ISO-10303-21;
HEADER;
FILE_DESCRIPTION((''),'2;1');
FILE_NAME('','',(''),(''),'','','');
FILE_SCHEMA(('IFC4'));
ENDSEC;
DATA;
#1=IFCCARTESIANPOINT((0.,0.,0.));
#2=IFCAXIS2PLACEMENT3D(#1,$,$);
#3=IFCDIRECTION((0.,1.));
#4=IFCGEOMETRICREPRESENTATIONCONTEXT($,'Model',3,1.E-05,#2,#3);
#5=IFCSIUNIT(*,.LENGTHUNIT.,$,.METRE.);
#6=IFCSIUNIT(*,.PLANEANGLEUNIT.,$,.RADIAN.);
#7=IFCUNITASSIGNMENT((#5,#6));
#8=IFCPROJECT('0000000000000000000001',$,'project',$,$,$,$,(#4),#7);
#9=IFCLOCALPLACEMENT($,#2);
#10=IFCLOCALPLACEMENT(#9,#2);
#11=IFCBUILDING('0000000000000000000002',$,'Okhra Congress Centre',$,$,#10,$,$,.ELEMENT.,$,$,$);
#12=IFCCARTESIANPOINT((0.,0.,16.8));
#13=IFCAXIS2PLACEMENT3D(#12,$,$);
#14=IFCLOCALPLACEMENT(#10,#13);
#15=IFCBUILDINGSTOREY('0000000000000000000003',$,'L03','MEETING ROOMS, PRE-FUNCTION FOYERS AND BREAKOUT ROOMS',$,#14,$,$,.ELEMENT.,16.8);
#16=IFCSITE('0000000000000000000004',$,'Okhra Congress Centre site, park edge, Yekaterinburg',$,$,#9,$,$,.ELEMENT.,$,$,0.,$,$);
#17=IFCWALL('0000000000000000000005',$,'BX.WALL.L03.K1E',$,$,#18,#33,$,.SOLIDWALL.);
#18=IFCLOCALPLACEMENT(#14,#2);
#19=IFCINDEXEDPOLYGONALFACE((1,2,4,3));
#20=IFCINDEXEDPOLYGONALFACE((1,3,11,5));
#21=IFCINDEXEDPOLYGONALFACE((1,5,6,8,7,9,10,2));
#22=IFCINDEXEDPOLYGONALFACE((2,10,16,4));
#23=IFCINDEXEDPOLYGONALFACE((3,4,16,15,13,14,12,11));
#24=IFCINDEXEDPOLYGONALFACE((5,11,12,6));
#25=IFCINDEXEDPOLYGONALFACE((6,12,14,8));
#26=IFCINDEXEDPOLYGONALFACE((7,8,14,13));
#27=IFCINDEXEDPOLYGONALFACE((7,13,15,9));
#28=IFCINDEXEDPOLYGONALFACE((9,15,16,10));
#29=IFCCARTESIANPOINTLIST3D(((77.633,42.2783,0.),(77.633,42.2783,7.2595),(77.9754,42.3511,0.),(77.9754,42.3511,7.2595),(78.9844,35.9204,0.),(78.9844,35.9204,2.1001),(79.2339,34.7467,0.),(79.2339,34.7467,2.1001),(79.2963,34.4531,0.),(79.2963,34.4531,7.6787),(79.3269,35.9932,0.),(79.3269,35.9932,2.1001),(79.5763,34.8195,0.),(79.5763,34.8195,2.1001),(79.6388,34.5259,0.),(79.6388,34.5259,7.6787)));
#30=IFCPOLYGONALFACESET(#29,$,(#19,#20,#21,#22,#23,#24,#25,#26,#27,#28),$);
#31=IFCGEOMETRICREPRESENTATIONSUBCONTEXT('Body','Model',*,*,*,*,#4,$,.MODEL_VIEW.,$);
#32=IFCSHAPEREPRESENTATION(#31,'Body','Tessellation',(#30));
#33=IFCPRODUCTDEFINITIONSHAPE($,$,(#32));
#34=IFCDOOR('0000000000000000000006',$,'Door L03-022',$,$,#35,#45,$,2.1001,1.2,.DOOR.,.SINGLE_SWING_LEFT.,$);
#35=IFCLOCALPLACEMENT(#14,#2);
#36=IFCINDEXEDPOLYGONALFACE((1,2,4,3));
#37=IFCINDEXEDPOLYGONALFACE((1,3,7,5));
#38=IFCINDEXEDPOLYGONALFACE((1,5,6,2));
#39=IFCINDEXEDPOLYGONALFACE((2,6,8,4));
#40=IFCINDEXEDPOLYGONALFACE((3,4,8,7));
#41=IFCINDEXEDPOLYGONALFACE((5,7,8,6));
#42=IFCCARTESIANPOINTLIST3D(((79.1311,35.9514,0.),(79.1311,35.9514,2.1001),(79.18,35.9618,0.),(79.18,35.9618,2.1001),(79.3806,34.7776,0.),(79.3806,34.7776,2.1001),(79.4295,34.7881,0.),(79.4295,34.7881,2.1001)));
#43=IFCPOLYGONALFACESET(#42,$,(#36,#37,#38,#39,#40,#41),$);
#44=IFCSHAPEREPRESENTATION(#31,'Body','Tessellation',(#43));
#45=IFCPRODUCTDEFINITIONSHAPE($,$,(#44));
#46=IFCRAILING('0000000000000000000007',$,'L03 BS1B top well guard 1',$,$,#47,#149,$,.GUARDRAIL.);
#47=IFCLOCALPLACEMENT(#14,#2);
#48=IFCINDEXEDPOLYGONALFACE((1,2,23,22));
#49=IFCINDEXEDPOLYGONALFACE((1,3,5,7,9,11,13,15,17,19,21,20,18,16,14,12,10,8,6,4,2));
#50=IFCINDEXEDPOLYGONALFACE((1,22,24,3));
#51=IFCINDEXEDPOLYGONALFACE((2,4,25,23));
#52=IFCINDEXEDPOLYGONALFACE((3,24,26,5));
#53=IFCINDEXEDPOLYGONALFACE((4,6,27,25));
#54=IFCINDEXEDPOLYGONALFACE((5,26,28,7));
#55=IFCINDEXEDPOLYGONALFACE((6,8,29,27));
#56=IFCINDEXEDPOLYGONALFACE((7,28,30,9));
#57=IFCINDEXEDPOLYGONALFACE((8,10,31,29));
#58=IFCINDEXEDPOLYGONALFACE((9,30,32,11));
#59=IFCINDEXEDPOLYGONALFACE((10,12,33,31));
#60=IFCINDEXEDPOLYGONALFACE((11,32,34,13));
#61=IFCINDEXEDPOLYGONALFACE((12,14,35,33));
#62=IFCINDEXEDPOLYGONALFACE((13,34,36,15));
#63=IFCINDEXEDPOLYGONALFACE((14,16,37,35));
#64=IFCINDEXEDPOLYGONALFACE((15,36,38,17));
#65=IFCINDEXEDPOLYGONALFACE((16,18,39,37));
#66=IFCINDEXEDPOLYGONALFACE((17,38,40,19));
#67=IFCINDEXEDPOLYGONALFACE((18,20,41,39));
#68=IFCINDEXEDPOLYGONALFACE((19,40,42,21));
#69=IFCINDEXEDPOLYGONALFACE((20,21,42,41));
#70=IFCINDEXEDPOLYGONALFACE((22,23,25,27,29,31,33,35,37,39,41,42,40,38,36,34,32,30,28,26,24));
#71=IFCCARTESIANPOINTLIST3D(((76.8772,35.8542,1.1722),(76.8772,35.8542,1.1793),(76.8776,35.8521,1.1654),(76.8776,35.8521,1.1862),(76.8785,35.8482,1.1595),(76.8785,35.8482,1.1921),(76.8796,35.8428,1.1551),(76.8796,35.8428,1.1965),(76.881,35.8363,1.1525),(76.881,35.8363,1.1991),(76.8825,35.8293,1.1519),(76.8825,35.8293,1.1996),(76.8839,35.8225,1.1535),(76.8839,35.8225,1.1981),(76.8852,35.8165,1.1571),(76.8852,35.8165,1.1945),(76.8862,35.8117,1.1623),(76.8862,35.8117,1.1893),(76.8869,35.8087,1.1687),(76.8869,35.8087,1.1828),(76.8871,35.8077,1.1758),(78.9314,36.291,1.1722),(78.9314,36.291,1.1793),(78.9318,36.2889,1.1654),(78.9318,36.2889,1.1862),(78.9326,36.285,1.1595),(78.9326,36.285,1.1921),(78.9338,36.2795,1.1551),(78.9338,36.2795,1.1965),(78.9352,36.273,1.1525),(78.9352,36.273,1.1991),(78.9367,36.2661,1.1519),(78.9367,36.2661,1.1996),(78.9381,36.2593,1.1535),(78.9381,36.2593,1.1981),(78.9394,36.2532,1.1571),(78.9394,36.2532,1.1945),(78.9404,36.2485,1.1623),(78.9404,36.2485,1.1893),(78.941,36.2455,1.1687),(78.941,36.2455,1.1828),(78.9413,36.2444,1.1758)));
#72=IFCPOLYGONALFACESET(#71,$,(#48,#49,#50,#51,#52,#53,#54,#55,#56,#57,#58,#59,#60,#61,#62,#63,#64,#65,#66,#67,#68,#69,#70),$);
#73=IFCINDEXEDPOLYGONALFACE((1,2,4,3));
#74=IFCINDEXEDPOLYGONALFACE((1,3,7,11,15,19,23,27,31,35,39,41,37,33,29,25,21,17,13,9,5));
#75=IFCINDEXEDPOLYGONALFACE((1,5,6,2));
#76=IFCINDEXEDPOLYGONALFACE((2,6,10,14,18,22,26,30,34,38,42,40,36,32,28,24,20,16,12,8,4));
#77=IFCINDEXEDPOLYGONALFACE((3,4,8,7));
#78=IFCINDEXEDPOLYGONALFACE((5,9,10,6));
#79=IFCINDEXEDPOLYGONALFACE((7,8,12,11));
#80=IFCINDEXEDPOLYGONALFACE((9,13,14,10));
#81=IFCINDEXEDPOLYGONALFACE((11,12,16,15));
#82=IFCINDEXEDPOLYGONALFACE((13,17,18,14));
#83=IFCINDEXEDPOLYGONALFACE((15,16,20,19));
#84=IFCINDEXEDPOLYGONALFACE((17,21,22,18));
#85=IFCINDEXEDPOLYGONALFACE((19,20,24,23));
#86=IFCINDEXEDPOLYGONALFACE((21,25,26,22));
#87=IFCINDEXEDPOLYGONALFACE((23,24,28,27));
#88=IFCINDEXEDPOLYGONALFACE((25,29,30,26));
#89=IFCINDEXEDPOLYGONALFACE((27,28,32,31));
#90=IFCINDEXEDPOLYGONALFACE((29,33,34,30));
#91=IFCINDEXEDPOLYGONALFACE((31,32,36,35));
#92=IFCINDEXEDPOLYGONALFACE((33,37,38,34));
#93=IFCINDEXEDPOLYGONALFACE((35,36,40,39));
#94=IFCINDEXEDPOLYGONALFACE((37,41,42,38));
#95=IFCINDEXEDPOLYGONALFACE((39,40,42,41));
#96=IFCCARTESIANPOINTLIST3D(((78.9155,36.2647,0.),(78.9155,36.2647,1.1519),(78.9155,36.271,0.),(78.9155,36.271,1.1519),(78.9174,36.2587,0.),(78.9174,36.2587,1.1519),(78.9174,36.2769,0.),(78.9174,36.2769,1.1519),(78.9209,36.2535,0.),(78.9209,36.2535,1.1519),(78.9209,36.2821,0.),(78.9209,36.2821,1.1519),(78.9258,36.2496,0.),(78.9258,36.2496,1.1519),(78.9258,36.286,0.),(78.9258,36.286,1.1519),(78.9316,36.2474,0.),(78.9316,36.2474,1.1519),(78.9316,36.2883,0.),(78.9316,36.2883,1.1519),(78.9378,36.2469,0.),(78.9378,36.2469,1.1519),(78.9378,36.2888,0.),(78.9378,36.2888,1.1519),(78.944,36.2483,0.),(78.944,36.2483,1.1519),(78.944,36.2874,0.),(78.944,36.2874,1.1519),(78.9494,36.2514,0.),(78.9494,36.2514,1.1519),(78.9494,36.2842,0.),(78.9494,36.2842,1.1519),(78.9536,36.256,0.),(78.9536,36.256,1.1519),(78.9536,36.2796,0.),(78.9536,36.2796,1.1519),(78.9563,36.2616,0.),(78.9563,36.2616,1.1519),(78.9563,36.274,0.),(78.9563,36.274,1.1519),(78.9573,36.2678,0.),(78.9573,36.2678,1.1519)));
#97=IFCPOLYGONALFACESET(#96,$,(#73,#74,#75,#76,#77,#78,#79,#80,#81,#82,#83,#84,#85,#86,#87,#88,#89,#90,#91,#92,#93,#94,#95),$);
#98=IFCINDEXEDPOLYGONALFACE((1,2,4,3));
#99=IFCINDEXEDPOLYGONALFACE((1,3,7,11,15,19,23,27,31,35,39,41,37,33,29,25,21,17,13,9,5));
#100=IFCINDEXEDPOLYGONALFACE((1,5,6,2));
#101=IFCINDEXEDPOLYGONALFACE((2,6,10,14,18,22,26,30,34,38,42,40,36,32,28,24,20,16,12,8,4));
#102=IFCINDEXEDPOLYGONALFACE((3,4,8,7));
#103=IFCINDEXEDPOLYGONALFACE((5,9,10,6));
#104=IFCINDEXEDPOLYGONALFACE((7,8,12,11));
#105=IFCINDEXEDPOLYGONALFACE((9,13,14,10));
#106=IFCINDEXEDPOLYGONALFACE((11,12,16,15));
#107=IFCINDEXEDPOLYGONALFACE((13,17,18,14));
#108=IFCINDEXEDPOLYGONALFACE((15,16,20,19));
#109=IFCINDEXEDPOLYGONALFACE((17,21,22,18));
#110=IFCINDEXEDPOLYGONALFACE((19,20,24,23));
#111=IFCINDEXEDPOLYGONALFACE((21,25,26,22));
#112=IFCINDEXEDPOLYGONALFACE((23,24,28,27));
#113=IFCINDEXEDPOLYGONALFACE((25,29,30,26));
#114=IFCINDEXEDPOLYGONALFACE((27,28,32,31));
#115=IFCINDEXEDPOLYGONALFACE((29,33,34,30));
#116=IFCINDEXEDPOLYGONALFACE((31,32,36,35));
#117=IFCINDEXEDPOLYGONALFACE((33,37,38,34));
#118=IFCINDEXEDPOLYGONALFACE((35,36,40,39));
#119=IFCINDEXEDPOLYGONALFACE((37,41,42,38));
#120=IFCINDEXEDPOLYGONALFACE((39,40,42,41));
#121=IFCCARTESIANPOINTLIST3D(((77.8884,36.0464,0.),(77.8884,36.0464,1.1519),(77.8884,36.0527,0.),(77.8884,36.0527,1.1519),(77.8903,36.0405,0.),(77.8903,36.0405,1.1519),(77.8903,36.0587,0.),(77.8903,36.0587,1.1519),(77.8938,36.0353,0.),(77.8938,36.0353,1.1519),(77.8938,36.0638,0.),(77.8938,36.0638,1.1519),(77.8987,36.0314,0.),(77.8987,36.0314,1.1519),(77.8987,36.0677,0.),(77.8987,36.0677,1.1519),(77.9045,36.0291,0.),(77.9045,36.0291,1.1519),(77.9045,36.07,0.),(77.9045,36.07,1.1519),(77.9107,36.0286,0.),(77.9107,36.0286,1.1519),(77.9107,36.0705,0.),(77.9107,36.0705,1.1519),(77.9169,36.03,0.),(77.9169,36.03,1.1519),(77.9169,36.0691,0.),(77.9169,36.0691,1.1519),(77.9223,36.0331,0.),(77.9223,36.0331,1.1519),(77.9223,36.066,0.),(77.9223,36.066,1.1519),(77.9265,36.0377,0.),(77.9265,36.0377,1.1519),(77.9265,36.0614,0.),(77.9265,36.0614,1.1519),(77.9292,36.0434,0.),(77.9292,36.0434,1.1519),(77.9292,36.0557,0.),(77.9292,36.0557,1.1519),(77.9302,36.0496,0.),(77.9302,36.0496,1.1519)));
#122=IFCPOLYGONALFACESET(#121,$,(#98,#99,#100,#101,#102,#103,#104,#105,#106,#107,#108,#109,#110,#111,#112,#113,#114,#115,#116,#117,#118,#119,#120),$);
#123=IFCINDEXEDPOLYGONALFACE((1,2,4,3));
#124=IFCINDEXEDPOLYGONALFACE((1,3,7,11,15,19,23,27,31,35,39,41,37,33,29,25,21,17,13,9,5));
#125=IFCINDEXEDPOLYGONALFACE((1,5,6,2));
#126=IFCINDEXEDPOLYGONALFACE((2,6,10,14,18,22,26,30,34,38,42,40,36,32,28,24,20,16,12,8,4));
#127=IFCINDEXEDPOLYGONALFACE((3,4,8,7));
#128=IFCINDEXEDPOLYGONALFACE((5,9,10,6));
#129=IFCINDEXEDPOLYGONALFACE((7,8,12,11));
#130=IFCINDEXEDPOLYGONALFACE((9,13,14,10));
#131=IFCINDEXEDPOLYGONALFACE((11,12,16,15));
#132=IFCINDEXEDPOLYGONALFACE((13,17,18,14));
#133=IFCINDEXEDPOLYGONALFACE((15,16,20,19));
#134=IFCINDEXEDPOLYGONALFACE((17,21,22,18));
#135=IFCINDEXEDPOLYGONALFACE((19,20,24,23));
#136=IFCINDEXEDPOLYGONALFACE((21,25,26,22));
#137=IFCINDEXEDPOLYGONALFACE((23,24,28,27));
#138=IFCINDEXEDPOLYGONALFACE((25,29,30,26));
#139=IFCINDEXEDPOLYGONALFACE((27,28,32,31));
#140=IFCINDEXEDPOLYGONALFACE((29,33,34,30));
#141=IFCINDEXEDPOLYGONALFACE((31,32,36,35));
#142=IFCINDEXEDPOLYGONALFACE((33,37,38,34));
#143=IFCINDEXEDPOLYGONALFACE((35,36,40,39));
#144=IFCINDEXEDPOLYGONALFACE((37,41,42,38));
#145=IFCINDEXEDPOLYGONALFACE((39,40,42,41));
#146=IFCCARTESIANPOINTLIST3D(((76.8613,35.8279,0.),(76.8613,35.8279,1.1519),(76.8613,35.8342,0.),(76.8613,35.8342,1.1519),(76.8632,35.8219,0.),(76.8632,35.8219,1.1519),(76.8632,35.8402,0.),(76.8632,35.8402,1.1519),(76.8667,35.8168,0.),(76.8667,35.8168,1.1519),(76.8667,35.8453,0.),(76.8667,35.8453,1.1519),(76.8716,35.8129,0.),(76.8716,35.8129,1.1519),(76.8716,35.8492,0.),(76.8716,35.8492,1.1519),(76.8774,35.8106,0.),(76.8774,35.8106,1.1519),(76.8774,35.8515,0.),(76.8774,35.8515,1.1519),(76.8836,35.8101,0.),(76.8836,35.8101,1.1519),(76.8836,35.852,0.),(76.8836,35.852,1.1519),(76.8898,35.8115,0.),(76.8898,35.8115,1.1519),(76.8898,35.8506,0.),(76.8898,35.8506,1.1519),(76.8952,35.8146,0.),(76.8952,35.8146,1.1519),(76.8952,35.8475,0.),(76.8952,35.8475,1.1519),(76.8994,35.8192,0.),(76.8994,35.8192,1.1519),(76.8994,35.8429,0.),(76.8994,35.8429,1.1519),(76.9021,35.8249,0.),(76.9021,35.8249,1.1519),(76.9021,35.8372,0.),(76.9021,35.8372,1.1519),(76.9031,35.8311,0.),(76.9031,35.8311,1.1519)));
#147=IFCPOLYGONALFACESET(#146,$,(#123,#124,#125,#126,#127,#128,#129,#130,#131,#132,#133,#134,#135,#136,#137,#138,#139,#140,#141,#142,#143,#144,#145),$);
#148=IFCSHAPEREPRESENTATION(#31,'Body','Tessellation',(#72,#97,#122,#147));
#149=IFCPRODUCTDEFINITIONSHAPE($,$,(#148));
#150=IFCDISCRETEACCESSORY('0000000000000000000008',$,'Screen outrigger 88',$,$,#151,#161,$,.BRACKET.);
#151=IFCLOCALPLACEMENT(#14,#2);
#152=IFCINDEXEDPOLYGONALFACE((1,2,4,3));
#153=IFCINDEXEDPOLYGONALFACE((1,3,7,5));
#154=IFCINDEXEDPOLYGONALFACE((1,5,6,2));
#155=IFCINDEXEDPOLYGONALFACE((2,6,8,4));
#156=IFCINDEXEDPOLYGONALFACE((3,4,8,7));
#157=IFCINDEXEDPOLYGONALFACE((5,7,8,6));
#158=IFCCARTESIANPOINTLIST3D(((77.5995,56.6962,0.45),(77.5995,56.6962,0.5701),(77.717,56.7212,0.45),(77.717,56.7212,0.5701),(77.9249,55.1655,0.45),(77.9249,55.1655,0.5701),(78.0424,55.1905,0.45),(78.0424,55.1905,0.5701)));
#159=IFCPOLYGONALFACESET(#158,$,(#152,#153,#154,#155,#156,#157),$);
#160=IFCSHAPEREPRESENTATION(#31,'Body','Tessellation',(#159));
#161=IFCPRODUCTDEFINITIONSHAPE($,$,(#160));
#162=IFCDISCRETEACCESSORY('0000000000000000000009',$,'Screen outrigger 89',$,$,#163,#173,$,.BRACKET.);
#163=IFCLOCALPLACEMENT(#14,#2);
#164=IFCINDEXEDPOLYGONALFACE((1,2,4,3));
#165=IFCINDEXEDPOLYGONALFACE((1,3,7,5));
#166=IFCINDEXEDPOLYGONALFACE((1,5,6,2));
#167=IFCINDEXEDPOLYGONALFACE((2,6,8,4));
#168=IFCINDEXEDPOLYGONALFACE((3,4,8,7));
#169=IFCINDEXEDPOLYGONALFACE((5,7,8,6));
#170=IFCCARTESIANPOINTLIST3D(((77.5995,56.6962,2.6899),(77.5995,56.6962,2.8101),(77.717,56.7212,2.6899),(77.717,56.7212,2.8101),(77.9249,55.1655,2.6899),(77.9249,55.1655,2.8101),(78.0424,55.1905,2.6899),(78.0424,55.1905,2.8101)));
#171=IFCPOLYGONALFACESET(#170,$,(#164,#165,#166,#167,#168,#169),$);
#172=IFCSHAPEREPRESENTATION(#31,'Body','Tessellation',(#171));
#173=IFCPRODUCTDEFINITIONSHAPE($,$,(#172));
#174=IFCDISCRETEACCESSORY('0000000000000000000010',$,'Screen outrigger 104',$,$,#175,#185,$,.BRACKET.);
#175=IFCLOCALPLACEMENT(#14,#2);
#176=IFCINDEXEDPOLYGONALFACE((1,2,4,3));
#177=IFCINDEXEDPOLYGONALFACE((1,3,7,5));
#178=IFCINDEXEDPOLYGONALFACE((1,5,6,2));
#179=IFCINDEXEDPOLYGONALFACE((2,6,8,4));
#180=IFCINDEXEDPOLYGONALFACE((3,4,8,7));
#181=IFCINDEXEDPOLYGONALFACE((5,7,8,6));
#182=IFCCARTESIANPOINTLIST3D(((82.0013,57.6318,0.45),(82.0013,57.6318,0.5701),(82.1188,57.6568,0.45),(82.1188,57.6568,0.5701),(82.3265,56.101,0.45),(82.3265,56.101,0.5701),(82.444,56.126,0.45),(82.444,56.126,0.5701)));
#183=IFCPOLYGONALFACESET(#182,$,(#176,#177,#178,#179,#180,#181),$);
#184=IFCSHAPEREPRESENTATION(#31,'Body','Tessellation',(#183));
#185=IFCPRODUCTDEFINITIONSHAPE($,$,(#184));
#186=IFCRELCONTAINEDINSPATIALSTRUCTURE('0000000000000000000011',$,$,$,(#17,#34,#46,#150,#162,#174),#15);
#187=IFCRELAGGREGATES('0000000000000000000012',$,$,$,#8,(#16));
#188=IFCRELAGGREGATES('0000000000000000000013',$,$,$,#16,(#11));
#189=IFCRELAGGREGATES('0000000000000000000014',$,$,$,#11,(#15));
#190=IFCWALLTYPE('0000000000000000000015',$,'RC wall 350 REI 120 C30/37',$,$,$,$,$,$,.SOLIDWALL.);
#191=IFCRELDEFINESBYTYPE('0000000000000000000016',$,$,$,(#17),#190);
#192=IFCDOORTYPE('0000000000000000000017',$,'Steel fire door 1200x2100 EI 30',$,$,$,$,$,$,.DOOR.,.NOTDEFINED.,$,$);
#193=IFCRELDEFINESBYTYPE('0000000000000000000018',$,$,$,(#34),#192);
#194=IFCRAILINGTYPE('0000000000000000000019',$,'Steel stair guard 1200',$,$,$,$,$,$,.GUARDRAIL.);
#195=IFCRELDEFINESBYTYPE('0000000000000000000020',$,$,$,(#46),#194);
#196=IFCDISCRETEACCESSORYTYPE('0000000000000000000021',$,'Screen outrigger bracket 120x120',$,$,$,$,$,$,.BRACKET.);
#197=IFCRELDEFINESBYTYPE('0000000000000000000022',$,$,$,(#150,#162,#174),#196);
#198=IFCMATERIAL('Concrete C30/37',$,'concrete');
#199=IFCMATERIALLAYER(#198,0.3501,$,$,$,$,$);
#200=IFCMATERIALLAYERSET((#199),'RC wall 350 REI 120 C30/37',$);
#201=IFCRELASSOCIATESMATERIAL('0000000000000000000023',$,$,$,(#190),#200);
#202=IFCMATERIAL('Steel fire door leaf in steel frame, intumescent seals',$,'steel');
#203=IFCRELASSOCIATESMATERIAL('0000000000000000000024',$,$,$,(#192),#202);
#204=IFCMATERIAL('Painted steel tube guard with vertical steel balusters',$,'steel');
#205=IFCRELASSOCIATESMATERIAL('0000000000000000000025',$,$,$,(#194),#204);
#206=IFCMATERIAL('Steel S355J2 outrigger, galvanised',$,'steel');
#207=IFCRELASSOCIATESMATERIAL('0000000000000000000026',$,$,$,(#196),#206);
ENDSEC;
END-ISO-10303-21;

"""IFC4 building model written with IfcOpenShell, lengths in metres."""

from ifc_helpers import new_model, si_unit, direction, frame, frame_2d, origin, origin_2d, place, context, subcontext, project, spatial, polyline, rectangle, circle, outline, extrude, material, layer, layer_set, material_profile, profile_set, type_object, element, fill, save


model = new_model("IFC4")

# Units and contexts
model_context = context("Model", 3, precision=1e-05, world=origin(), true_north=direction((0.0, 1.0)))
body_context = subcontext(model_context, "Body", "Model", "MODEL_VIEW")
ifc_project = project(units=[si_unit("LENGTHUNIT", "METRE"), si_unit("PLANEANGLEUNIT", "RADIAN")], contexts=[model_context])

# Site, building, storey
site_placement = place(None, origin())
site = spatial("IfcSite", under=ifc_project, at=site_placement, Name="Okhra Congress Centre site, park edge, Yekaterinburg", CompositionType="ELEMENT", RefElevation=0.0)
building_placement = place(site_placement, origin())
building = spatial("IfcBuilding", under=site, at=building_placement, Name="Okhra Congress Centre", CompositionType="ELEMENT")
storey_placement = place(building_placement, frame((0.0, 0.0, 16.8)))
storey = spatial("IfcBuildingStorey", under=building, at=storey_placement, Name="L03", Description="MEETING ROOMS, PRE-FUNCTION FOYERS AND BREAKOUT ROOMS", CompositionType="ELEMENT", Elevation=16.8)

# Wall, opening, door
ifc_material_1 = material(Name="Concrete C30/37", Category="concrete")
ifc_layer_1 = layer(ifc_material_1, 0.3501)
ifc_layer_set_1 = layer_set([ifc_layer_1], Name="RC wall 350 REI 120 C30/37")
wall_type_1 = type_object("IfcWallType", Name="RC wall 350 REI 120 C30/37", PredefinedType="SOLIDWALL", material=ifc_layer_set_1)
wall_1_placement = place(storey_placement, frame((79.4675, 34.4895, 0.0), z_axis=(0.0, 0.0, 1.0), x_axis=(-0.207916, 0.978147, 0.0)))
wall_1 = element("IfcWall", 1, at=wall_1_placement, inside=storey, type_object=wall_type_1, Name="BX.WALL.L03.K1E", PredefinedType="SOLIDWALL", context=body_context, shape_type="SweptSolid", body=[
    extrude(outline(polyline([(0.0, 0.0), (8.0, 0.0), (8.0, 7.2595), (0.0, 7.6787), (0.0, 0.0)])), frame((0.0, 0.175, 0.0), z_axis=(0.0, -1.0, 0.0), x_axis=(1.0, 0.0, 0.0)), (0.0, 0.0, 1.0), 0.3501),
])
opening_1_placement = place(wall_1_placement, frame((0.3, 0.0, 0.0)))
opening_1 = element("IfcOpeningElement", 2, at=opening_1_placement, cuts=wall_1, PredefinedType="OPENING", context=body_context, shape_type="SweptSolid", body=[
    extrude(rectangle(XDim=1.2, YDim=2.1001, at=frame_2d((0.6001, 1.05))), frame((0.0, 0.1851, 0.0), z_axis=(0.0, -1.0, 0.0), x_axis=(1.0, 0.0, 0.0)), (0.0, 0.0, 1.0), 0.3701),
])
ifc_material_2 = material(Name="Steel fire door leaf in steel frame, intumescent seals", Category="steel")
door_type_1 = type_object("IfcDoorType", Name="Steel fire door 1200x2100 EI 30", OperationType="NOTDEFINED", PredefinedType="DOOR", material=ifc_material_2)
door_1_placement = place(opening_1_placement, frame((1.2, 0.0, 0.0), z_axis=(0.0, 0.0, 1.0), x_axis=(-1.0, 0.0, 0.0)))
door_1 = element("IfcDoor", 3, at=door_1_placement, inside=storey, type_object=door_type_1, Name="Door L03-022", OperationType="SINGLE_SWING_LEFT", OverallHeight=2.1001, OverallWidth=1.2, PredefinedType="DOOR", context=body_context, shape_type="SweptSolid", body=[
    extrude(rectangle(XDim=1.2, YDim=2.1001, at=frame_2d((0.6001, 1.05))), frame((0.0, 0.0249, 0.0), z_axis=(0.0, -1.0, 0.0), x_axis=(1.0, 0.0, 0.0)), (0.0, 0.0, 1.0), 0.05),
])
fill(opening_1, door_1)

# Railing
ifc_material_3 = material(Name="Painted steel tube guard with vertical steel balusters", Category="steel")
railing_type = type_object("IfcRailingType", Name="Steel stair guard 1200", PredefinedType="GUARDRAIL", material=ifc_material_3)
railing_placement = place(storey_placement, frame((78.9363, 36.2678, 0.0)))
element("IfcRailing", 4, at=railing_placement, inside=storey, type_object=railing_type, Name="L03 BS1B top well guard 1", PredefinedType="GUARDRAIL", context=body_context, shape_type="SweptSolid", body=[
    extrude(circle(Radius=0.0239, at=origin_2d()), frame((0.0, 0.0, 1.1758), z_axis=(-0.978135, -0.207973, 0.0), x_axis=(0.207973, -0.978135, 0.0)), (0.0, 0.0, 1.0), 2.1001),
    extrude(circle(Radius=0.021, at=origin_2d()), origin(), (0.0, 0.0, 1.0), 1.1519),
    extrude(circle(Radius=0.021, at=origin_2d()), frame((-1.0271, -0.2183, 0.0)), (0.0, 0.0, 1.0), 1.1519),
    extrude(circle(Radius=0.021, at=origin_2d()), frame((-2.0542, -0.4368, 0.0)), (0.0, 0.0, 1.0), 1.1519),
])

# Discrete accessories
ifc_material_4 = material(Name="Steel S355J2 outrigger, galvanised", Category="steel")
ifc_material_profile_1 = material_profile(ifc_material_4, rectangle(XDim=0.1201, YDim=0.1201, at=origin_2d()), Name="Screen outrigger bracket 120x120")
ifc_profile_set_1 = profile_set([ifc_material_profile_1], Name="Steel S355J2 outrigger, galvanised")
discrete_accessory_type = type_object("IfcDiscreteAccessoryType", Name="Screen outrigger bracket 120x120", PredefinedType="BRACKET", material=ifc_profile_set_1)
for number, where, z_axis, x_axis, name in (
    (5, (77.9836, 55.178, 0.51), (-0.207952, 0.978139, 0.0), (-0.978139, -0.207952, 0.0), "Screen outrigger 88"),
    (6, (77.9836, 55.178, 2.75), (-0.207952, 0.978139, 0.0), (-0.978139, -0.207952, 0.0), "Screen outrigger 89"),
    (7, (82.3853, 56.1135, 0.51), (-0.207803, 0.978171, 0.0), (-0.978171, -0.207803, 0.0), "Screen outrigger 104"),
):
    element("IfcDiscreteAccessory", number, at=place(storey_placement, frame(where, z_axis=z_axis, x_axis=x_axis)), inside=storey, type_object=discrete_accessory_type, Name=name, PredefinedType="BRACKET", context=body_context, shape_type="SweptSolid", body=[
        extrude(rectangle(XDim=0.1201, YDim=0.1201, at=origin_2d()), origin(), (0.0, 0.0, 1.0), 1.5649),
    ])

save(model, "model.ifc")
